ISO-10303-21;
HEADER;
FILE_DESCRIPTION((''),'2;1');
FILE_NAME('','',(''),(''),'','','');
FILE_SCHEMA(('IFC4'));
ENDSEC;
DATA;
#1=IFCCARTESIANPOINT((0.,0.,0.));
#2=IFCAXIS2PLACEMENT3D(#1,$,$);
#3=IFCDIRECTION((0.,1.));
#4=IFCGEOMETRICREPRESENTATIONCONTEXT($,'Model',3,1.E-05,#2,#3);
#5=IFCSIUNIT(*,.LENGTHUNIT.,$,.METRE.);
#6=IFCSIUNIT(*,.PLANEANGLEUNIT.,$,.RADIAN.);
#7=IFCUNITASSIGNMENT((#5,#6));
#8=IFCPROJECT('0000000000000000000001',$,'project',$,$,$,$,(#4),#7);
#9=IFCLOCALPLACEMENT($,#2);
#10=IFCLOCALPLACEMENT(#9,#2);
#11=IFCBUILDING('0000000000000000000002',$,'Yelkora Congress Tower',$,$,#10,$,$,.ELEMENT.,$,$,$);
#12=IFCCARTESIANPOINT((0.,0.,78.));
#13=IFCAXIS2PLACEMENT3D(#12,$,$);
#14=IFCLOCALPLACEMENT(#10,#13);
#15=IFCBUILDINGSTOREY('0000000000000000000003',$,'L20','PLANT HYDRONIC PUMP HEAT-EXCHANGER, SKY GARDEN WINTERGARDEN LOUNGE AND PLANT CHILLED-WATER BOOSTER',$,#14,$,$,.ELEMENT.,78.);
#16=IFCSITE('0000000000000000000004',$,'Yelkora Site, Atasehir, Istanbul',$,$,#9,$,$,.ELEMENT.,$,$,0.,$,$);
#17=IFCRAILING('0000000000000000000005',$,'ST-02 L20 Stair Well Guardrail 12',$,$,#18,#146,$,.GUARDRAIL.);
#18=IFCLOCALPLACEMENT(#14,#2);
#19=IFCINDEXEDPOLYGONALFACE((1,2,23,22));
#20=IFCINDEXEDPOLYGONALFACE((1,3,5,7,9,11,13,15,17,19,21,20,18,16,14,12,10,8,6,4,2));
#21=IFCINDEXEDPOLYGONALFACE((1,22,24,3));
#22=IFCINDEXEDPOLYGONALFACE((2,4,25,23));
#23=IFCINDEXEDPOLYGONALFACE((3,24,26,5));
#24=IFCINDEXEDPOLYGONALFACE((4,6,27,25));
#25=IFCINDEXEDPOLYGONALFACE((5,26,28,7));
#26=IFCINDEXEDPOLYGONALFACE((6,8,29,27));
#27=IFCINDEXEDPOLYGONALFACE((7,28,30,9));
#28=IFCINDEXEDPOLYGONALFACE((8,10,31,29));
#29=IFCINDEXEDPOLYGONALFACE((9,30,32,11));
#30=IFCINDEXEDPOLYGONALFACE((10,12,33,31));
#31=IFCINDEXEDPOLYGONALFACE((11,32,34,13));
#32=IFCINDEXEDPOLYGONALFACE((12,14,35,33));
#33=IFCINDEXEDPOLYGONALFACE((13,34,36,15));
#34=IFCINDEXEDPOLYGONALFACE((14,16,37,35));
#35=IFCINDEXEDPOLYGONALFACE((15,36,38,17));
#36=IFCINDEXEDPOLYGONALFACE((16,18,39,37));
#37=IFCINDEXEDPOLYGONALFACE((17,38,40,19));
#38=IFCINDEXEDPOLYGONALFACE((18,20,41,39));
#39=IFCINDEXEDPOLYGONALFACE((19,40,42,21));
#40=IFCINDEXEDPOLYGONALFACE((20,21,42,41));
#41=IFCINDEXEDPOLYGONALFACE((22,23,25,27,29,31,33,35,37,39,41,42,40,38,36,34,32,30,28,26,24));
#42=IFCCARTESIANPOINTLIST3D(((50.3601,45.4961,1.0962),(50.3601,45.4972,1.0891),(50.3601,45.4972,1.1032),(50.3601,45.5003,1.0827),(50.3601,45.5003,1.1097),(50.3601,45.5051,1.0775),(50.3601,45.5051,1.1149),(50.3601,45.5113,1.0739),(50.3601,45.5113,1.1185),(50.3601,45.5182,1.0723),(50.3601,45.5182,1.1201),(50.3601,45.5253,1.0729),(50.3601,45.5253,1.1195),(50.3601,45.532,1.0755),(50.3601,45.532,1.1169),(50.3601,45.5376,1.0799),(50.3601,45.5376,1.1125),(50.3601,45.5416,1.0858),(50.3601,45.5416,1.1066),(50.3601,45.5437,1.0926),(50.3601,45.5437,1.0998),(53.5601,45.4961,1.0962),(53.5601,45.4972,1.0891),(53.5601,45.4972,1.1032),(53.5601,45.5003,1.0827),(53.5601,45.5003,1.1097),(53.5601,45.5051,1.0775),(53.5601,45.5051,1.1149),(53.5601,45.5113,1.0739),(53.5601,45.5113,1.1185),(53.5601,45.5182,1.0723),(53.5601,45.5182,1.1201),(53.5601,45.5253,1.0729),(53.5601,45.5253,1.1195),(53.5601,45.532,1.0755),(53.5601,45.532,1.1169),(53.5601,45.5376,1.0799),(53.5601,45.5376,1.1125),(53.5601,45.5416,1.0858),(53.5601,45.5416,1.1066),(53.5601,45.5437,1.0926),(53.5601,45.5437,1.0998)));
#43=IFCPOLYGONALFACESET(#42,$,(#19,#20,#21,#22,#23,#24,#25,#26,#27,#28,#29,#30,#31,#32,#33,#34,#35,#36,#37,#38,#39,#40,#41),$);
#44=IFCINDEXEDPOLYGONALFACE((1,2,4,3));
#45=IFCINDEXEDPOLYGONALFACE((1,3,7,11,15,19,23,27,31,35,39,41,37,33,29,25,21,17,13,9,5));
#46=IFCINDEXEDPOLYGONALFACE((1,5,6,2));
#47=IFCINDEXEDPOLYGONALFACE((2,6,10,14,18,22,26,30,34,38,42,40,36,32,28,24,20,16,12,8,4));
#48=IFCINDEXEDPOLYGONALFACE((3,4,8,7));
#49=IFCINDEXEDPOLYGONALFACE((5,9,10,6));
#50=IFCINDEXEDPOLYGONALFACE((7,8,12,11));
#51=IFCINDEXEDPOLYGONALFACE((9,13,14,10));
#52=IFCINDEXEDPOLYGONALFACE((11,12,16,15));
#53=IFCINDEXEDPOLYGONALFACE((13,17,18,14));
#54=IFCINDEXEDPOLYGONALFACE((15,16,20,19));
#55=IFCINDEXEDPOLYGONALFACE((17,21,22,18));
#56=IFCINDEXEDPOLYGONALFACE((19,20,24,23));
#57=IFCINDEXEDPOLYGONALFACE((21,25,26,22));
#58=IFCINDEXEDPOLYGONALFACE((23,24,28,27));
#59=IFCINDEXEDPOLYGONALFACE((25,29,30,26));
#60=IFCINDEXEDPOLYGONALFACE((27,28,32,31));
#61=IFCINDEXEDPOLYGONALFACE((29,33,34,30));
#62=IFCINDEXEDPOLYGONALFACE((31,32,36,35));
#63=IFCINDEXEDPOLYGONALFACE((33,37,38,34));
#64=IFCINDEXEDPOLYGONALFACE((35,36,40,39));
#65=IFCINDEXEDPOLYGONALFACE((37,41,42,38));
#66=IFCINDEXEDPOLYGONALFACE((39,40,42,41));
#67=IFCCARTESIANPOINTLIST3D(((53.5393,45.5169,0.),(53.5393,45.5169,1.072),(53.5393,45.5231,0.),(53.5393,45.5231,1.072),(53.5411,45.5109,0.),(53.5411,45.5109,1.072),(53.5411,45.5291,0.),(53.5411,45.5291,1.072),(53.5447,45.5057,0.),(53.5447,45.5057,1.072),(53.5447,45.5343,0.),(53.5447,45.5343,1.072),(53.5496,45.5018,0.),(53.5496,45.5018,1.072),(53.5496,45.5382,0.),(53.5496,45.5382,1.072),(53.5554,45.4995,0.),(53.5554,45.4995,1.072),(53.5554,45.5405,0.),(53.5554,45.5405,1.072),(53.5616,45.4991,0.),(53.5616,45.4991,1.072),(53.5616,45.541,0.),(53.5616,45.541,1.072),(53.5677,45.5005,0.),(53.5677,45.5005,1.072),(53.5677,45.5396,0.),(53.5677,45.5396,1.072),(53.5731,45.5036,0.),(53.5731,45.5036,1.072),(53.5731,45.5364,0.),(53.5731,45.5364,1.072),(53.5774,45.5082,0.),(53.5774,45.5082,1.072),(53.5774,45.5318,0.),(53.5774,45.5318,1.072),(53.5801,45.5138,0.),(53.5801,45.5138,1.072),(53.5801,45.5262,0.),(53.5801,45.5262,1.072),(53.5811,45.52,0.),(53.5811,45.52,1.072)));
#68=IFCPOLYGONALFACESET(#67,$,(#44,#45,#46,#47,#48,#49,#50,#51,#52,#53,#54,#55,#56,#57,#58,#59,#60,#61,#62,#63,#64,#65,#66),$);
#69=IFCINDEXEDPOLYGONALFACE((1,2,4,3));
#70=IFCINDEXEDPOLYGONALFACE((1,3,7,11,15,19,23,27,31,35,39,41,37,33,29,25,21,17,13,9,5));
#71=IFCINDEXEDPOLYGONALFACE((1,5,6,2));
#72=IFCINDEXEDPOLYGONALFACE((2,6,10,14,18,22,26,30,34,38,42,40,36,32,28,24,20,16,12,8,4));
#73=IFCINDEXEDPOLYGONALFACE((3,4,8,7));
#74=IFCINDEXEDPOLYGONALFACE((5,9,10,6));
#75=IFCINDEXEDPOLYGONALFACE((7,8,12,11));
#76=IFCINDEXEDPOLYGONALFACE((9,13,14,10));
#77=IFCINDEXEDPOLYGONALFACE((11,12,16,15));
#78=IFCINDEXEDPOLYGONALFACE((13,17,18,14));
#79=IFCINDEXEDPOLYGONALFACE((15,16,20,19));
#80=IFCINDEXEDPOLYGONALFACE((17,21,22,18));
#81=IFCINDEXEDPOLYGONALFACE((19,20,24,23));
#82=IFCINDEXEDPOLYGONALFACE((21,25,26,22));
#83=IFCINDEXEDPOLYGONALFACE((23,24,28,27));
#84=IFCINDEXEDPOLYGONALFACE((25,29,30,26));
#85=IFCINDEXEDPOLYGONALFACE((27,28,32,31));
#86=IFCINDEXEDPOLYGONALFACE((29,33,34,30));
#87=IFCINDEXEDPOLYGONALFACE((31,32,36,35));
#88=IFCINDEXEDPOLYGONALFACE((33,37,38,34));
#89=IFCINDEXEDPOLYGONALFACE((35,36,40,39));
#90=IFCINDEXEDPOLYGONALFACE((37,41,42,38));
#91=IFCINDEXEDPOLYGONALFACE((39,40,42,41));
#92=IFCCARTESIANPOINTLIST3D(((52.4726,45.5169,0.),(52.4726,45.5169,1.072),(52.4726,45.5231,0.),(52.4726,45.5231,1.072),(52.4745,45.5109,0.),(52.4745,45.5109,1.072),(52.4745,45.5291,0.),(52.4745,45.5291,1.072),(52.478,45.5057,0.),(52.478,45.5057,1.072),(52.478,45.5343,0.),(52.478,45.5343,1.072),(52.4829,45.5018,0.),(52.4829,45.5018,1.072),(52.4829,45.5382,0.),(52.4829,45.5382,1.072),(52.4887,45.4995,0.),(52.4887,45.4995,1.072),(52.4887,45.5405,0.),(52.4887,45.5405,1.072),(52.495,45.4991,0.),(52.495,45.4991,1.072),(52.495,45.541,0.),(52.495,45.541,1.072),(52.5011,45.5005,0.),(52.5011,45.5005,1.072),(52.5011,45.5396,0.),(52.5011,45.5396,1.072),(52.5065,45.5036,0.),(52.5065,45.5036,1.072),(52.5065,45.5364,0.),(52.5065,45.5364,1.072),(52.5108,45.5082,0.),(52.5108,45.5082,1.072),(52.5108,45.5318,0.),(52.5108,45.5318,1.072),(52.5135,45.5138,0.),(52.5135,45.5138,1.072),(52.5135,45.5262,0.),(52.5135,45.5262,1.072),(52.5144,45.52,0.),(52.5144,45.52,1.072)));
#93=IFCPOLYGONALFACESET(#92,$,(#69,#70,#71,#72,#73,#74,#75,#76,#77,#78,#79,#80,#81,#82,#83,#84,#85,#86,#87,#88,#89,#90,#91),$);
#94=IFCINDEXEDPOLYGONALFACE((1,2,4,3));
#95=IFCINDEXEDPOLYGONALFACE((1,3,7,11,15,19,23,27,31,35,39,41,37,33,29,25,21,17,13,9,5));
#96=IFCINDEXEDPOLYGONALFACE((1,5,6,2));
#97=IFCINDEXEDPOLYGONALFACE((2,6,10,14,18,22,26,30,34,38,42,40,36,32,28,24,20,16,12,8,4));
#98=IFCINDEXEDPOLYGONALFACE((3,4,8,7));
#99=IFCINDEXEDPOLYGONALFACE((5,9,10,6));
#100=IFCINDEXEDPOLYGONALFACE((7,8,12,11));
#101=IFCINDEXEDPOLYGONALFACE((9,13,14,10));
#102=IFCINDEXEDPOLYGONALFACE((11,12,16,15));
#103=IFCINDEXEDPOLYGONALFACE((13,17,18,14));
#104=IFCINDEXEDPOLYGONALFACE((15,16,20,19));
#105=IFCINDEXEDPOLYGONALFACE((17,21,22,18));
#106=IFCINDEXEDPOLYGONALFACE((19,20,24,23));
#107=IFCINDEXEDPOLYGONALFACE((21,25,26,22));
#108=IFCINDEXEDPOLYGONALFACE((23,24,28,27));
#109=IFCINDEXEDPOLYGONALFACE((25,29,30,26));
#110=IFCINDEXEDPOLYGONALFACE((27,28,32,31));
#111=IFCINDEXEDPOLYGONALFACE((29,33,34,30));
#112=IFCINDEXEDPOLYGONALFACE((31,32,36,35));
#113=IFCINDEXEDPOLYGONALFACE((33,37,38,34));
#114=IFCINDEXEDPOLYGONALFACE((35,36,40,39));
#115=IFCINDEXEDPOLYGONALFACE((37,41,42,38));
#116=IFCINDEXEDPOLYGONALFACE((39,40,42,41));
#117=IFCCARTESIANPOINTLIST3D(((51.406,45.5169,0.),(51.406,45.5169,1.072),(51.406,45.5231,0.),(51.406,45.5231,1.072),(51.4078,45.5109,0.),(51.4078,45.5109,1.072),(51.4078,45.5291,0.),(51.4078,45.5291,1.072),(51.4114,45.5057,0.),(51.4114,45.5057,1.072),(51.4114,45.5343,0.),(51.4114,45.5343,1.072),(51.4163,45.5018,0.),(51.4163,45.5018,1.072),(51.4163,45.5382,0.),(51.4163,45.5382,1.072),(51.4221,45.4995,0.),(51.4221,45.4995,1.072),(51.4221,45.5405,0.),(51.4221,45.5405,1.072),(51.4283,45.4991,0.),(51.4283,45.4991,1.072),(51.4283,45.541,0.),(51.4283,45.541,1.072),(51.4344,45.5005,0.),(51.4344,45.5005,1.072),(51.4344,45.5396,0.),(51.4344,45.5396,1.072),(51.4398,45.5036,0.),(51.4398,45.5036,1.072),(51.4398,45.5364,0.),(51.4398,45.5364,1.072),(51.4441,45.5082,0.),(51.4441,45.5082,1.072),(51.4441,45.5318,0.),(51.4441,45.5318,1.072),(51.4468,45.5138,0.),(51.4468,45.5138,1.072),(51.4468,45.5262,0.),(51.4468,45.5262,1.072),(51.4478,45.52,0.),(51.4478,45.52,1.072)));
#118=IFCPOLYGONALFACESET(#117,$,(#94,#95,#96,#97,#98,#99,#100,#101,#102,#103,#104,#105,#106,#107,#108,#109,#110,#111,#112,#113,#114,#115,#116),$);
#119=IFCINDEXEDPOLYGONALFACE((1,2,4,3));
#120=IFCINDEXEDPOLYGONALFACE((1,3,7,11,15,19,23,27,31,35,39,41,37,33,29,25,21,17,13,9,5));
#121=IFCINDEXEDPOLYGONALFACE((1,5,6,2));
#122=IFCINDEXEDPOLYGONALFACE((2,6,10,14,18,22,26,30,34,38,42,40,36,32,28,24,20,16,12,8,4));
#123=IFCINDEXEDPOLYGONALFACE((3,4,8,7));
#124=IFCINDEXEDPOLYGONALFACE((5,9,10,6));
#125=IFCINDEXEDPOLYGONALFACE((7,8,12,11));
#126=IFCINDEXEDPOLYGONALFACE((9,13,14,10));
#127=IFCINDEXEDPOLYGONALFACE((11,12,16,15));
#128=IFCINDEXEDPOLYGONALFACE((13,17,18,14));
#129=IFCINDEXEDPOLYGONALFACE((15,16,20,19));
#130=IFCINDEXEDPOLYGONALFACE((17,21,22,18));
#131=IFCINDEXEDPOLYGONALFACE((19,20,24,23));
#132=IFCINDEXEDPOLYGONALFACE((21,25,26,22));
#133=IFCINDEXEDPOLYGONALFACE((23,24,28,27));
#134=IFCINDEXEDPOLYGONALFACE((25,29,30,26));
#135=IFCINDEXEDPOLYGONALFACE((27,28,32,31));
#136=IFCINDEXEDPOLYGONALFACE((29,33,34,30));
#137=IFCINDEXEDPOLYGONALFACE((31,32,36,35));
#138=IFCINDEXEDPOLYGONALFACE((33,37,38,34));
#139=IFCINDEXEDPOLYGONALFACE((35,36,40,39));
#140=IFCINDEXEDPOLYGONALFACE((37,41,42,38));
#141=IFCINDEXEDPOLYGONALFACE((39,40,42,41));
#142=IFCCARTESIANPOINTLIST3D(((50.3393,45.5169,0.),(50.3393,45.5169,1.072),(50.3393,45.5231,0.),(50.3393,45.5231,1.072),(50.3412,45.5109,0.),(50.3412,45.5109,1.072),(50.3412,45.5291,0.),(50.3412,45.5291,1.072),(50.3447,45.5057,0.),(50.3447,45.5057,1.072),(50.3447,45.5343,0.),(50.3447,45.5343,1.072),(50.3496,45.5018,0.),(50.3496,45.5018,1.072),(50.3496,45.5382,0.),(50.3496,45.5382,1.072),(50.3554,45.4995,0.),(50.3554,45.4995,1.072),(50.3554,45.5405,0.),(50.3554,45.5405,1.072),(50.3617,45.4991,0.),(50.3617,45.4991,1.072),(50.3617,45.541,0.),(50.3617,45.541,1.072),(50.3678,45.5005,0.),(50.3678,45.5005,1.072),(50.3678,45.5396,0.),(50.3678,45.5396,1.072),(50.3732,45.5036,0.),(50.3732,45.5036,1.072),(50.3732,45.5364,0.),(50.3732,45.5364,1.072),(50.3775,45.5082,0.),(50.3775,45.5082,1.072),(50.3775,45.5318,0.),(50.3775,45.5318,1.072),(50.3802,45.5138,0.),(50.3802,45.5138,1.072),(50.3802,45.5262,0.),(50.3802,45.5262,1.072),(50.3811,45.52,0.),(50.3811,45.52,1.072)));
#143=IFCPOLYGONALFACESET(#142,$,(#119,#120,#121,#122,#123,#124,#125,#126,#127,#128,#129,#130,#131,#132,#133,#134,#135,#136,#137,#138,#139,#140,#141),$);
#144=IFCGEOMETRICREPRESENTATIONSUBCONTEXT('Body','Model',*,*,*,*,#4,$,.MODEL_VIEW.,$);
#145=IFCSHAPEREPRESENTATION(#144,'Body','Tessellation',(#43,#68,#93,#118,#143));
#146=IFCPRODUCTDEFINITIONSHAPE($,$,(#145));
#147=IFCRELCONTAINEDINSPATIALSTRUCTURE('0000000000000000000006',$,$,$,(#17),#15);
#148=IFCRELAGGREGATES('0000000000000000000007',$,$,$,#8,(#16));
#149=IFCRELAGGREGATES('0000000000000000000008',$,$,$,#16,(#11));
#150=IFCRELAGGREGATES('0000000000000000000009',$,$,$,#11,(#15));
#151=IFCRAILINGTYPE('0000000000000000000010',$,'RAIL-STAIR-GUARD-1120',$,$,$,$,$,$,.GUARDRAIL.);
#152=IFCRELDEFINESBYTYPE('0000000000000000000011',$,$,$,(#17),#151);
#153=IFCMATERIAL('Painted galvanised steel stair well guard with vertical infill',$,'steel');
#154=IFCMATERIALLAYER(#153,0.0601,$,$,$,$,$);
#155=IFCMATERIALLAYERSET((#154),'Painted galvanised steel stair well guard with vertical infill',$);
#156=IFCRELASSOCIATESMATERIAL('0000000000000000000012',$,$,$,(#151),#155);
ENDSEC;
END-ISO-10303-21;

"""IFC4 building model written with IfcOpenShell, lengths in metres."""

from ifc_helpers import new_model, si_unit, direction, frame, origin, origin_2d, place, context, subcontext, project, spatial, circle, extrude, material, layer, layer_set, type_object, element, save


model = new_model("IFC4")

# Units and contexts
model_context = context("Model", 3, precision=1e-05, world=origin(), true_north=direction((0.0, 1.0)))
body_context = subcontext(model_context, "Body", "Model", "MODEL_VIEW")
ifc_project = project(units=[si_unit("LENGTHUNIT", "METRE"), si_unit("PLANEANGLEUNIT", "RADIAN")], contexts=[model_context])

# Site, building, storey
site_placement = place(None, origin())
site = spatial("IfcSite", under=ifc_project, at=site_placement, Name="Yelkora Site, Atasehir, Istanbul", CompositionType="ELEMENT", RefElevation=0.0)
building_placement = place(site_placement, origin())
building = spatial("IfcBuilding", under=site, at=building_placement, Name="Yelkora Congress Tower", CompositionType="ELEMENT")
storey_placement = place(building_placement, frame((0.0, 0.0, 78.0)))
storey = spatial("IfcBuildingStorey", under=building, at=storey_placement, Name="L20", Description="PLANT HYDRONIC PUMP HEAT-EXCHANGER, SKY GARDEN WINTERGARDEN LOUNGE AND PLANT CHILLED-WATER BOOSTER", CompositionType="ELEMENT", Elevation=78.0)

# Railing
ifc_material_1 = material(Name="Painted galvanised steel stair well guard with vertical infill", Category="steel")
ifc_layer_1 = layer(ifc_material_1, 0.0601)
ifc_layer_set_1 = layer_set([ifc_layer_1], Name="Painted galvanised steel stair well guard with vertical infill")
railing_type_1 = type_object("IfcRailingType", Name="RAIL-STAIR-GUARD-1120", PredefinedType="GUARDRAIL", material=ifc_layer_set_1)
railing_1_placement = place(storey_placement, frame((53.5601, 45.52, 0.0)))
element("IfcRailing", 1, at=railing_1_placement, inside=storey, type_object=railing_type_1, Name="ST-02 L20 Stair Well Guardrail 12", PredefinedType="GUARDRAIL", context=body_context, shape_type="SweptSolid", body=[
    extrude(circle(Radius=0.0239, at=origin_2d()), frame((0.0, 0.0, 1.0962), z_axis=(-1.0, 0.0, 0.0), x_axis=(0.0, -1.0, 0.0)), (0.0, 0.0, 1.0), 3.2),
    extrude(circle(Radius=0.021, at=origin_2d()), origin(), (0.0, 0.0, 1.0), 1.072),
    extrude(circle(Radius=0.021, at=origin_2d()), frame((-1.0667, 0.0, 0.0)), (0.0, 0.0, 1.0), 1.072),
    extrude(circle(Radius=0.021, at=origin_2d()), frame((-2.1333, 0.0, 0.0)), (0.0, 0.0, 1.0), 1.072),
    extrude(circle(Radius=0.021, at=origin_2d()), frame((-3.2, 0.0, 0.0)), (0.0, 0.0, 1.0), 1.072),
])

save(model, "model.ifc")
